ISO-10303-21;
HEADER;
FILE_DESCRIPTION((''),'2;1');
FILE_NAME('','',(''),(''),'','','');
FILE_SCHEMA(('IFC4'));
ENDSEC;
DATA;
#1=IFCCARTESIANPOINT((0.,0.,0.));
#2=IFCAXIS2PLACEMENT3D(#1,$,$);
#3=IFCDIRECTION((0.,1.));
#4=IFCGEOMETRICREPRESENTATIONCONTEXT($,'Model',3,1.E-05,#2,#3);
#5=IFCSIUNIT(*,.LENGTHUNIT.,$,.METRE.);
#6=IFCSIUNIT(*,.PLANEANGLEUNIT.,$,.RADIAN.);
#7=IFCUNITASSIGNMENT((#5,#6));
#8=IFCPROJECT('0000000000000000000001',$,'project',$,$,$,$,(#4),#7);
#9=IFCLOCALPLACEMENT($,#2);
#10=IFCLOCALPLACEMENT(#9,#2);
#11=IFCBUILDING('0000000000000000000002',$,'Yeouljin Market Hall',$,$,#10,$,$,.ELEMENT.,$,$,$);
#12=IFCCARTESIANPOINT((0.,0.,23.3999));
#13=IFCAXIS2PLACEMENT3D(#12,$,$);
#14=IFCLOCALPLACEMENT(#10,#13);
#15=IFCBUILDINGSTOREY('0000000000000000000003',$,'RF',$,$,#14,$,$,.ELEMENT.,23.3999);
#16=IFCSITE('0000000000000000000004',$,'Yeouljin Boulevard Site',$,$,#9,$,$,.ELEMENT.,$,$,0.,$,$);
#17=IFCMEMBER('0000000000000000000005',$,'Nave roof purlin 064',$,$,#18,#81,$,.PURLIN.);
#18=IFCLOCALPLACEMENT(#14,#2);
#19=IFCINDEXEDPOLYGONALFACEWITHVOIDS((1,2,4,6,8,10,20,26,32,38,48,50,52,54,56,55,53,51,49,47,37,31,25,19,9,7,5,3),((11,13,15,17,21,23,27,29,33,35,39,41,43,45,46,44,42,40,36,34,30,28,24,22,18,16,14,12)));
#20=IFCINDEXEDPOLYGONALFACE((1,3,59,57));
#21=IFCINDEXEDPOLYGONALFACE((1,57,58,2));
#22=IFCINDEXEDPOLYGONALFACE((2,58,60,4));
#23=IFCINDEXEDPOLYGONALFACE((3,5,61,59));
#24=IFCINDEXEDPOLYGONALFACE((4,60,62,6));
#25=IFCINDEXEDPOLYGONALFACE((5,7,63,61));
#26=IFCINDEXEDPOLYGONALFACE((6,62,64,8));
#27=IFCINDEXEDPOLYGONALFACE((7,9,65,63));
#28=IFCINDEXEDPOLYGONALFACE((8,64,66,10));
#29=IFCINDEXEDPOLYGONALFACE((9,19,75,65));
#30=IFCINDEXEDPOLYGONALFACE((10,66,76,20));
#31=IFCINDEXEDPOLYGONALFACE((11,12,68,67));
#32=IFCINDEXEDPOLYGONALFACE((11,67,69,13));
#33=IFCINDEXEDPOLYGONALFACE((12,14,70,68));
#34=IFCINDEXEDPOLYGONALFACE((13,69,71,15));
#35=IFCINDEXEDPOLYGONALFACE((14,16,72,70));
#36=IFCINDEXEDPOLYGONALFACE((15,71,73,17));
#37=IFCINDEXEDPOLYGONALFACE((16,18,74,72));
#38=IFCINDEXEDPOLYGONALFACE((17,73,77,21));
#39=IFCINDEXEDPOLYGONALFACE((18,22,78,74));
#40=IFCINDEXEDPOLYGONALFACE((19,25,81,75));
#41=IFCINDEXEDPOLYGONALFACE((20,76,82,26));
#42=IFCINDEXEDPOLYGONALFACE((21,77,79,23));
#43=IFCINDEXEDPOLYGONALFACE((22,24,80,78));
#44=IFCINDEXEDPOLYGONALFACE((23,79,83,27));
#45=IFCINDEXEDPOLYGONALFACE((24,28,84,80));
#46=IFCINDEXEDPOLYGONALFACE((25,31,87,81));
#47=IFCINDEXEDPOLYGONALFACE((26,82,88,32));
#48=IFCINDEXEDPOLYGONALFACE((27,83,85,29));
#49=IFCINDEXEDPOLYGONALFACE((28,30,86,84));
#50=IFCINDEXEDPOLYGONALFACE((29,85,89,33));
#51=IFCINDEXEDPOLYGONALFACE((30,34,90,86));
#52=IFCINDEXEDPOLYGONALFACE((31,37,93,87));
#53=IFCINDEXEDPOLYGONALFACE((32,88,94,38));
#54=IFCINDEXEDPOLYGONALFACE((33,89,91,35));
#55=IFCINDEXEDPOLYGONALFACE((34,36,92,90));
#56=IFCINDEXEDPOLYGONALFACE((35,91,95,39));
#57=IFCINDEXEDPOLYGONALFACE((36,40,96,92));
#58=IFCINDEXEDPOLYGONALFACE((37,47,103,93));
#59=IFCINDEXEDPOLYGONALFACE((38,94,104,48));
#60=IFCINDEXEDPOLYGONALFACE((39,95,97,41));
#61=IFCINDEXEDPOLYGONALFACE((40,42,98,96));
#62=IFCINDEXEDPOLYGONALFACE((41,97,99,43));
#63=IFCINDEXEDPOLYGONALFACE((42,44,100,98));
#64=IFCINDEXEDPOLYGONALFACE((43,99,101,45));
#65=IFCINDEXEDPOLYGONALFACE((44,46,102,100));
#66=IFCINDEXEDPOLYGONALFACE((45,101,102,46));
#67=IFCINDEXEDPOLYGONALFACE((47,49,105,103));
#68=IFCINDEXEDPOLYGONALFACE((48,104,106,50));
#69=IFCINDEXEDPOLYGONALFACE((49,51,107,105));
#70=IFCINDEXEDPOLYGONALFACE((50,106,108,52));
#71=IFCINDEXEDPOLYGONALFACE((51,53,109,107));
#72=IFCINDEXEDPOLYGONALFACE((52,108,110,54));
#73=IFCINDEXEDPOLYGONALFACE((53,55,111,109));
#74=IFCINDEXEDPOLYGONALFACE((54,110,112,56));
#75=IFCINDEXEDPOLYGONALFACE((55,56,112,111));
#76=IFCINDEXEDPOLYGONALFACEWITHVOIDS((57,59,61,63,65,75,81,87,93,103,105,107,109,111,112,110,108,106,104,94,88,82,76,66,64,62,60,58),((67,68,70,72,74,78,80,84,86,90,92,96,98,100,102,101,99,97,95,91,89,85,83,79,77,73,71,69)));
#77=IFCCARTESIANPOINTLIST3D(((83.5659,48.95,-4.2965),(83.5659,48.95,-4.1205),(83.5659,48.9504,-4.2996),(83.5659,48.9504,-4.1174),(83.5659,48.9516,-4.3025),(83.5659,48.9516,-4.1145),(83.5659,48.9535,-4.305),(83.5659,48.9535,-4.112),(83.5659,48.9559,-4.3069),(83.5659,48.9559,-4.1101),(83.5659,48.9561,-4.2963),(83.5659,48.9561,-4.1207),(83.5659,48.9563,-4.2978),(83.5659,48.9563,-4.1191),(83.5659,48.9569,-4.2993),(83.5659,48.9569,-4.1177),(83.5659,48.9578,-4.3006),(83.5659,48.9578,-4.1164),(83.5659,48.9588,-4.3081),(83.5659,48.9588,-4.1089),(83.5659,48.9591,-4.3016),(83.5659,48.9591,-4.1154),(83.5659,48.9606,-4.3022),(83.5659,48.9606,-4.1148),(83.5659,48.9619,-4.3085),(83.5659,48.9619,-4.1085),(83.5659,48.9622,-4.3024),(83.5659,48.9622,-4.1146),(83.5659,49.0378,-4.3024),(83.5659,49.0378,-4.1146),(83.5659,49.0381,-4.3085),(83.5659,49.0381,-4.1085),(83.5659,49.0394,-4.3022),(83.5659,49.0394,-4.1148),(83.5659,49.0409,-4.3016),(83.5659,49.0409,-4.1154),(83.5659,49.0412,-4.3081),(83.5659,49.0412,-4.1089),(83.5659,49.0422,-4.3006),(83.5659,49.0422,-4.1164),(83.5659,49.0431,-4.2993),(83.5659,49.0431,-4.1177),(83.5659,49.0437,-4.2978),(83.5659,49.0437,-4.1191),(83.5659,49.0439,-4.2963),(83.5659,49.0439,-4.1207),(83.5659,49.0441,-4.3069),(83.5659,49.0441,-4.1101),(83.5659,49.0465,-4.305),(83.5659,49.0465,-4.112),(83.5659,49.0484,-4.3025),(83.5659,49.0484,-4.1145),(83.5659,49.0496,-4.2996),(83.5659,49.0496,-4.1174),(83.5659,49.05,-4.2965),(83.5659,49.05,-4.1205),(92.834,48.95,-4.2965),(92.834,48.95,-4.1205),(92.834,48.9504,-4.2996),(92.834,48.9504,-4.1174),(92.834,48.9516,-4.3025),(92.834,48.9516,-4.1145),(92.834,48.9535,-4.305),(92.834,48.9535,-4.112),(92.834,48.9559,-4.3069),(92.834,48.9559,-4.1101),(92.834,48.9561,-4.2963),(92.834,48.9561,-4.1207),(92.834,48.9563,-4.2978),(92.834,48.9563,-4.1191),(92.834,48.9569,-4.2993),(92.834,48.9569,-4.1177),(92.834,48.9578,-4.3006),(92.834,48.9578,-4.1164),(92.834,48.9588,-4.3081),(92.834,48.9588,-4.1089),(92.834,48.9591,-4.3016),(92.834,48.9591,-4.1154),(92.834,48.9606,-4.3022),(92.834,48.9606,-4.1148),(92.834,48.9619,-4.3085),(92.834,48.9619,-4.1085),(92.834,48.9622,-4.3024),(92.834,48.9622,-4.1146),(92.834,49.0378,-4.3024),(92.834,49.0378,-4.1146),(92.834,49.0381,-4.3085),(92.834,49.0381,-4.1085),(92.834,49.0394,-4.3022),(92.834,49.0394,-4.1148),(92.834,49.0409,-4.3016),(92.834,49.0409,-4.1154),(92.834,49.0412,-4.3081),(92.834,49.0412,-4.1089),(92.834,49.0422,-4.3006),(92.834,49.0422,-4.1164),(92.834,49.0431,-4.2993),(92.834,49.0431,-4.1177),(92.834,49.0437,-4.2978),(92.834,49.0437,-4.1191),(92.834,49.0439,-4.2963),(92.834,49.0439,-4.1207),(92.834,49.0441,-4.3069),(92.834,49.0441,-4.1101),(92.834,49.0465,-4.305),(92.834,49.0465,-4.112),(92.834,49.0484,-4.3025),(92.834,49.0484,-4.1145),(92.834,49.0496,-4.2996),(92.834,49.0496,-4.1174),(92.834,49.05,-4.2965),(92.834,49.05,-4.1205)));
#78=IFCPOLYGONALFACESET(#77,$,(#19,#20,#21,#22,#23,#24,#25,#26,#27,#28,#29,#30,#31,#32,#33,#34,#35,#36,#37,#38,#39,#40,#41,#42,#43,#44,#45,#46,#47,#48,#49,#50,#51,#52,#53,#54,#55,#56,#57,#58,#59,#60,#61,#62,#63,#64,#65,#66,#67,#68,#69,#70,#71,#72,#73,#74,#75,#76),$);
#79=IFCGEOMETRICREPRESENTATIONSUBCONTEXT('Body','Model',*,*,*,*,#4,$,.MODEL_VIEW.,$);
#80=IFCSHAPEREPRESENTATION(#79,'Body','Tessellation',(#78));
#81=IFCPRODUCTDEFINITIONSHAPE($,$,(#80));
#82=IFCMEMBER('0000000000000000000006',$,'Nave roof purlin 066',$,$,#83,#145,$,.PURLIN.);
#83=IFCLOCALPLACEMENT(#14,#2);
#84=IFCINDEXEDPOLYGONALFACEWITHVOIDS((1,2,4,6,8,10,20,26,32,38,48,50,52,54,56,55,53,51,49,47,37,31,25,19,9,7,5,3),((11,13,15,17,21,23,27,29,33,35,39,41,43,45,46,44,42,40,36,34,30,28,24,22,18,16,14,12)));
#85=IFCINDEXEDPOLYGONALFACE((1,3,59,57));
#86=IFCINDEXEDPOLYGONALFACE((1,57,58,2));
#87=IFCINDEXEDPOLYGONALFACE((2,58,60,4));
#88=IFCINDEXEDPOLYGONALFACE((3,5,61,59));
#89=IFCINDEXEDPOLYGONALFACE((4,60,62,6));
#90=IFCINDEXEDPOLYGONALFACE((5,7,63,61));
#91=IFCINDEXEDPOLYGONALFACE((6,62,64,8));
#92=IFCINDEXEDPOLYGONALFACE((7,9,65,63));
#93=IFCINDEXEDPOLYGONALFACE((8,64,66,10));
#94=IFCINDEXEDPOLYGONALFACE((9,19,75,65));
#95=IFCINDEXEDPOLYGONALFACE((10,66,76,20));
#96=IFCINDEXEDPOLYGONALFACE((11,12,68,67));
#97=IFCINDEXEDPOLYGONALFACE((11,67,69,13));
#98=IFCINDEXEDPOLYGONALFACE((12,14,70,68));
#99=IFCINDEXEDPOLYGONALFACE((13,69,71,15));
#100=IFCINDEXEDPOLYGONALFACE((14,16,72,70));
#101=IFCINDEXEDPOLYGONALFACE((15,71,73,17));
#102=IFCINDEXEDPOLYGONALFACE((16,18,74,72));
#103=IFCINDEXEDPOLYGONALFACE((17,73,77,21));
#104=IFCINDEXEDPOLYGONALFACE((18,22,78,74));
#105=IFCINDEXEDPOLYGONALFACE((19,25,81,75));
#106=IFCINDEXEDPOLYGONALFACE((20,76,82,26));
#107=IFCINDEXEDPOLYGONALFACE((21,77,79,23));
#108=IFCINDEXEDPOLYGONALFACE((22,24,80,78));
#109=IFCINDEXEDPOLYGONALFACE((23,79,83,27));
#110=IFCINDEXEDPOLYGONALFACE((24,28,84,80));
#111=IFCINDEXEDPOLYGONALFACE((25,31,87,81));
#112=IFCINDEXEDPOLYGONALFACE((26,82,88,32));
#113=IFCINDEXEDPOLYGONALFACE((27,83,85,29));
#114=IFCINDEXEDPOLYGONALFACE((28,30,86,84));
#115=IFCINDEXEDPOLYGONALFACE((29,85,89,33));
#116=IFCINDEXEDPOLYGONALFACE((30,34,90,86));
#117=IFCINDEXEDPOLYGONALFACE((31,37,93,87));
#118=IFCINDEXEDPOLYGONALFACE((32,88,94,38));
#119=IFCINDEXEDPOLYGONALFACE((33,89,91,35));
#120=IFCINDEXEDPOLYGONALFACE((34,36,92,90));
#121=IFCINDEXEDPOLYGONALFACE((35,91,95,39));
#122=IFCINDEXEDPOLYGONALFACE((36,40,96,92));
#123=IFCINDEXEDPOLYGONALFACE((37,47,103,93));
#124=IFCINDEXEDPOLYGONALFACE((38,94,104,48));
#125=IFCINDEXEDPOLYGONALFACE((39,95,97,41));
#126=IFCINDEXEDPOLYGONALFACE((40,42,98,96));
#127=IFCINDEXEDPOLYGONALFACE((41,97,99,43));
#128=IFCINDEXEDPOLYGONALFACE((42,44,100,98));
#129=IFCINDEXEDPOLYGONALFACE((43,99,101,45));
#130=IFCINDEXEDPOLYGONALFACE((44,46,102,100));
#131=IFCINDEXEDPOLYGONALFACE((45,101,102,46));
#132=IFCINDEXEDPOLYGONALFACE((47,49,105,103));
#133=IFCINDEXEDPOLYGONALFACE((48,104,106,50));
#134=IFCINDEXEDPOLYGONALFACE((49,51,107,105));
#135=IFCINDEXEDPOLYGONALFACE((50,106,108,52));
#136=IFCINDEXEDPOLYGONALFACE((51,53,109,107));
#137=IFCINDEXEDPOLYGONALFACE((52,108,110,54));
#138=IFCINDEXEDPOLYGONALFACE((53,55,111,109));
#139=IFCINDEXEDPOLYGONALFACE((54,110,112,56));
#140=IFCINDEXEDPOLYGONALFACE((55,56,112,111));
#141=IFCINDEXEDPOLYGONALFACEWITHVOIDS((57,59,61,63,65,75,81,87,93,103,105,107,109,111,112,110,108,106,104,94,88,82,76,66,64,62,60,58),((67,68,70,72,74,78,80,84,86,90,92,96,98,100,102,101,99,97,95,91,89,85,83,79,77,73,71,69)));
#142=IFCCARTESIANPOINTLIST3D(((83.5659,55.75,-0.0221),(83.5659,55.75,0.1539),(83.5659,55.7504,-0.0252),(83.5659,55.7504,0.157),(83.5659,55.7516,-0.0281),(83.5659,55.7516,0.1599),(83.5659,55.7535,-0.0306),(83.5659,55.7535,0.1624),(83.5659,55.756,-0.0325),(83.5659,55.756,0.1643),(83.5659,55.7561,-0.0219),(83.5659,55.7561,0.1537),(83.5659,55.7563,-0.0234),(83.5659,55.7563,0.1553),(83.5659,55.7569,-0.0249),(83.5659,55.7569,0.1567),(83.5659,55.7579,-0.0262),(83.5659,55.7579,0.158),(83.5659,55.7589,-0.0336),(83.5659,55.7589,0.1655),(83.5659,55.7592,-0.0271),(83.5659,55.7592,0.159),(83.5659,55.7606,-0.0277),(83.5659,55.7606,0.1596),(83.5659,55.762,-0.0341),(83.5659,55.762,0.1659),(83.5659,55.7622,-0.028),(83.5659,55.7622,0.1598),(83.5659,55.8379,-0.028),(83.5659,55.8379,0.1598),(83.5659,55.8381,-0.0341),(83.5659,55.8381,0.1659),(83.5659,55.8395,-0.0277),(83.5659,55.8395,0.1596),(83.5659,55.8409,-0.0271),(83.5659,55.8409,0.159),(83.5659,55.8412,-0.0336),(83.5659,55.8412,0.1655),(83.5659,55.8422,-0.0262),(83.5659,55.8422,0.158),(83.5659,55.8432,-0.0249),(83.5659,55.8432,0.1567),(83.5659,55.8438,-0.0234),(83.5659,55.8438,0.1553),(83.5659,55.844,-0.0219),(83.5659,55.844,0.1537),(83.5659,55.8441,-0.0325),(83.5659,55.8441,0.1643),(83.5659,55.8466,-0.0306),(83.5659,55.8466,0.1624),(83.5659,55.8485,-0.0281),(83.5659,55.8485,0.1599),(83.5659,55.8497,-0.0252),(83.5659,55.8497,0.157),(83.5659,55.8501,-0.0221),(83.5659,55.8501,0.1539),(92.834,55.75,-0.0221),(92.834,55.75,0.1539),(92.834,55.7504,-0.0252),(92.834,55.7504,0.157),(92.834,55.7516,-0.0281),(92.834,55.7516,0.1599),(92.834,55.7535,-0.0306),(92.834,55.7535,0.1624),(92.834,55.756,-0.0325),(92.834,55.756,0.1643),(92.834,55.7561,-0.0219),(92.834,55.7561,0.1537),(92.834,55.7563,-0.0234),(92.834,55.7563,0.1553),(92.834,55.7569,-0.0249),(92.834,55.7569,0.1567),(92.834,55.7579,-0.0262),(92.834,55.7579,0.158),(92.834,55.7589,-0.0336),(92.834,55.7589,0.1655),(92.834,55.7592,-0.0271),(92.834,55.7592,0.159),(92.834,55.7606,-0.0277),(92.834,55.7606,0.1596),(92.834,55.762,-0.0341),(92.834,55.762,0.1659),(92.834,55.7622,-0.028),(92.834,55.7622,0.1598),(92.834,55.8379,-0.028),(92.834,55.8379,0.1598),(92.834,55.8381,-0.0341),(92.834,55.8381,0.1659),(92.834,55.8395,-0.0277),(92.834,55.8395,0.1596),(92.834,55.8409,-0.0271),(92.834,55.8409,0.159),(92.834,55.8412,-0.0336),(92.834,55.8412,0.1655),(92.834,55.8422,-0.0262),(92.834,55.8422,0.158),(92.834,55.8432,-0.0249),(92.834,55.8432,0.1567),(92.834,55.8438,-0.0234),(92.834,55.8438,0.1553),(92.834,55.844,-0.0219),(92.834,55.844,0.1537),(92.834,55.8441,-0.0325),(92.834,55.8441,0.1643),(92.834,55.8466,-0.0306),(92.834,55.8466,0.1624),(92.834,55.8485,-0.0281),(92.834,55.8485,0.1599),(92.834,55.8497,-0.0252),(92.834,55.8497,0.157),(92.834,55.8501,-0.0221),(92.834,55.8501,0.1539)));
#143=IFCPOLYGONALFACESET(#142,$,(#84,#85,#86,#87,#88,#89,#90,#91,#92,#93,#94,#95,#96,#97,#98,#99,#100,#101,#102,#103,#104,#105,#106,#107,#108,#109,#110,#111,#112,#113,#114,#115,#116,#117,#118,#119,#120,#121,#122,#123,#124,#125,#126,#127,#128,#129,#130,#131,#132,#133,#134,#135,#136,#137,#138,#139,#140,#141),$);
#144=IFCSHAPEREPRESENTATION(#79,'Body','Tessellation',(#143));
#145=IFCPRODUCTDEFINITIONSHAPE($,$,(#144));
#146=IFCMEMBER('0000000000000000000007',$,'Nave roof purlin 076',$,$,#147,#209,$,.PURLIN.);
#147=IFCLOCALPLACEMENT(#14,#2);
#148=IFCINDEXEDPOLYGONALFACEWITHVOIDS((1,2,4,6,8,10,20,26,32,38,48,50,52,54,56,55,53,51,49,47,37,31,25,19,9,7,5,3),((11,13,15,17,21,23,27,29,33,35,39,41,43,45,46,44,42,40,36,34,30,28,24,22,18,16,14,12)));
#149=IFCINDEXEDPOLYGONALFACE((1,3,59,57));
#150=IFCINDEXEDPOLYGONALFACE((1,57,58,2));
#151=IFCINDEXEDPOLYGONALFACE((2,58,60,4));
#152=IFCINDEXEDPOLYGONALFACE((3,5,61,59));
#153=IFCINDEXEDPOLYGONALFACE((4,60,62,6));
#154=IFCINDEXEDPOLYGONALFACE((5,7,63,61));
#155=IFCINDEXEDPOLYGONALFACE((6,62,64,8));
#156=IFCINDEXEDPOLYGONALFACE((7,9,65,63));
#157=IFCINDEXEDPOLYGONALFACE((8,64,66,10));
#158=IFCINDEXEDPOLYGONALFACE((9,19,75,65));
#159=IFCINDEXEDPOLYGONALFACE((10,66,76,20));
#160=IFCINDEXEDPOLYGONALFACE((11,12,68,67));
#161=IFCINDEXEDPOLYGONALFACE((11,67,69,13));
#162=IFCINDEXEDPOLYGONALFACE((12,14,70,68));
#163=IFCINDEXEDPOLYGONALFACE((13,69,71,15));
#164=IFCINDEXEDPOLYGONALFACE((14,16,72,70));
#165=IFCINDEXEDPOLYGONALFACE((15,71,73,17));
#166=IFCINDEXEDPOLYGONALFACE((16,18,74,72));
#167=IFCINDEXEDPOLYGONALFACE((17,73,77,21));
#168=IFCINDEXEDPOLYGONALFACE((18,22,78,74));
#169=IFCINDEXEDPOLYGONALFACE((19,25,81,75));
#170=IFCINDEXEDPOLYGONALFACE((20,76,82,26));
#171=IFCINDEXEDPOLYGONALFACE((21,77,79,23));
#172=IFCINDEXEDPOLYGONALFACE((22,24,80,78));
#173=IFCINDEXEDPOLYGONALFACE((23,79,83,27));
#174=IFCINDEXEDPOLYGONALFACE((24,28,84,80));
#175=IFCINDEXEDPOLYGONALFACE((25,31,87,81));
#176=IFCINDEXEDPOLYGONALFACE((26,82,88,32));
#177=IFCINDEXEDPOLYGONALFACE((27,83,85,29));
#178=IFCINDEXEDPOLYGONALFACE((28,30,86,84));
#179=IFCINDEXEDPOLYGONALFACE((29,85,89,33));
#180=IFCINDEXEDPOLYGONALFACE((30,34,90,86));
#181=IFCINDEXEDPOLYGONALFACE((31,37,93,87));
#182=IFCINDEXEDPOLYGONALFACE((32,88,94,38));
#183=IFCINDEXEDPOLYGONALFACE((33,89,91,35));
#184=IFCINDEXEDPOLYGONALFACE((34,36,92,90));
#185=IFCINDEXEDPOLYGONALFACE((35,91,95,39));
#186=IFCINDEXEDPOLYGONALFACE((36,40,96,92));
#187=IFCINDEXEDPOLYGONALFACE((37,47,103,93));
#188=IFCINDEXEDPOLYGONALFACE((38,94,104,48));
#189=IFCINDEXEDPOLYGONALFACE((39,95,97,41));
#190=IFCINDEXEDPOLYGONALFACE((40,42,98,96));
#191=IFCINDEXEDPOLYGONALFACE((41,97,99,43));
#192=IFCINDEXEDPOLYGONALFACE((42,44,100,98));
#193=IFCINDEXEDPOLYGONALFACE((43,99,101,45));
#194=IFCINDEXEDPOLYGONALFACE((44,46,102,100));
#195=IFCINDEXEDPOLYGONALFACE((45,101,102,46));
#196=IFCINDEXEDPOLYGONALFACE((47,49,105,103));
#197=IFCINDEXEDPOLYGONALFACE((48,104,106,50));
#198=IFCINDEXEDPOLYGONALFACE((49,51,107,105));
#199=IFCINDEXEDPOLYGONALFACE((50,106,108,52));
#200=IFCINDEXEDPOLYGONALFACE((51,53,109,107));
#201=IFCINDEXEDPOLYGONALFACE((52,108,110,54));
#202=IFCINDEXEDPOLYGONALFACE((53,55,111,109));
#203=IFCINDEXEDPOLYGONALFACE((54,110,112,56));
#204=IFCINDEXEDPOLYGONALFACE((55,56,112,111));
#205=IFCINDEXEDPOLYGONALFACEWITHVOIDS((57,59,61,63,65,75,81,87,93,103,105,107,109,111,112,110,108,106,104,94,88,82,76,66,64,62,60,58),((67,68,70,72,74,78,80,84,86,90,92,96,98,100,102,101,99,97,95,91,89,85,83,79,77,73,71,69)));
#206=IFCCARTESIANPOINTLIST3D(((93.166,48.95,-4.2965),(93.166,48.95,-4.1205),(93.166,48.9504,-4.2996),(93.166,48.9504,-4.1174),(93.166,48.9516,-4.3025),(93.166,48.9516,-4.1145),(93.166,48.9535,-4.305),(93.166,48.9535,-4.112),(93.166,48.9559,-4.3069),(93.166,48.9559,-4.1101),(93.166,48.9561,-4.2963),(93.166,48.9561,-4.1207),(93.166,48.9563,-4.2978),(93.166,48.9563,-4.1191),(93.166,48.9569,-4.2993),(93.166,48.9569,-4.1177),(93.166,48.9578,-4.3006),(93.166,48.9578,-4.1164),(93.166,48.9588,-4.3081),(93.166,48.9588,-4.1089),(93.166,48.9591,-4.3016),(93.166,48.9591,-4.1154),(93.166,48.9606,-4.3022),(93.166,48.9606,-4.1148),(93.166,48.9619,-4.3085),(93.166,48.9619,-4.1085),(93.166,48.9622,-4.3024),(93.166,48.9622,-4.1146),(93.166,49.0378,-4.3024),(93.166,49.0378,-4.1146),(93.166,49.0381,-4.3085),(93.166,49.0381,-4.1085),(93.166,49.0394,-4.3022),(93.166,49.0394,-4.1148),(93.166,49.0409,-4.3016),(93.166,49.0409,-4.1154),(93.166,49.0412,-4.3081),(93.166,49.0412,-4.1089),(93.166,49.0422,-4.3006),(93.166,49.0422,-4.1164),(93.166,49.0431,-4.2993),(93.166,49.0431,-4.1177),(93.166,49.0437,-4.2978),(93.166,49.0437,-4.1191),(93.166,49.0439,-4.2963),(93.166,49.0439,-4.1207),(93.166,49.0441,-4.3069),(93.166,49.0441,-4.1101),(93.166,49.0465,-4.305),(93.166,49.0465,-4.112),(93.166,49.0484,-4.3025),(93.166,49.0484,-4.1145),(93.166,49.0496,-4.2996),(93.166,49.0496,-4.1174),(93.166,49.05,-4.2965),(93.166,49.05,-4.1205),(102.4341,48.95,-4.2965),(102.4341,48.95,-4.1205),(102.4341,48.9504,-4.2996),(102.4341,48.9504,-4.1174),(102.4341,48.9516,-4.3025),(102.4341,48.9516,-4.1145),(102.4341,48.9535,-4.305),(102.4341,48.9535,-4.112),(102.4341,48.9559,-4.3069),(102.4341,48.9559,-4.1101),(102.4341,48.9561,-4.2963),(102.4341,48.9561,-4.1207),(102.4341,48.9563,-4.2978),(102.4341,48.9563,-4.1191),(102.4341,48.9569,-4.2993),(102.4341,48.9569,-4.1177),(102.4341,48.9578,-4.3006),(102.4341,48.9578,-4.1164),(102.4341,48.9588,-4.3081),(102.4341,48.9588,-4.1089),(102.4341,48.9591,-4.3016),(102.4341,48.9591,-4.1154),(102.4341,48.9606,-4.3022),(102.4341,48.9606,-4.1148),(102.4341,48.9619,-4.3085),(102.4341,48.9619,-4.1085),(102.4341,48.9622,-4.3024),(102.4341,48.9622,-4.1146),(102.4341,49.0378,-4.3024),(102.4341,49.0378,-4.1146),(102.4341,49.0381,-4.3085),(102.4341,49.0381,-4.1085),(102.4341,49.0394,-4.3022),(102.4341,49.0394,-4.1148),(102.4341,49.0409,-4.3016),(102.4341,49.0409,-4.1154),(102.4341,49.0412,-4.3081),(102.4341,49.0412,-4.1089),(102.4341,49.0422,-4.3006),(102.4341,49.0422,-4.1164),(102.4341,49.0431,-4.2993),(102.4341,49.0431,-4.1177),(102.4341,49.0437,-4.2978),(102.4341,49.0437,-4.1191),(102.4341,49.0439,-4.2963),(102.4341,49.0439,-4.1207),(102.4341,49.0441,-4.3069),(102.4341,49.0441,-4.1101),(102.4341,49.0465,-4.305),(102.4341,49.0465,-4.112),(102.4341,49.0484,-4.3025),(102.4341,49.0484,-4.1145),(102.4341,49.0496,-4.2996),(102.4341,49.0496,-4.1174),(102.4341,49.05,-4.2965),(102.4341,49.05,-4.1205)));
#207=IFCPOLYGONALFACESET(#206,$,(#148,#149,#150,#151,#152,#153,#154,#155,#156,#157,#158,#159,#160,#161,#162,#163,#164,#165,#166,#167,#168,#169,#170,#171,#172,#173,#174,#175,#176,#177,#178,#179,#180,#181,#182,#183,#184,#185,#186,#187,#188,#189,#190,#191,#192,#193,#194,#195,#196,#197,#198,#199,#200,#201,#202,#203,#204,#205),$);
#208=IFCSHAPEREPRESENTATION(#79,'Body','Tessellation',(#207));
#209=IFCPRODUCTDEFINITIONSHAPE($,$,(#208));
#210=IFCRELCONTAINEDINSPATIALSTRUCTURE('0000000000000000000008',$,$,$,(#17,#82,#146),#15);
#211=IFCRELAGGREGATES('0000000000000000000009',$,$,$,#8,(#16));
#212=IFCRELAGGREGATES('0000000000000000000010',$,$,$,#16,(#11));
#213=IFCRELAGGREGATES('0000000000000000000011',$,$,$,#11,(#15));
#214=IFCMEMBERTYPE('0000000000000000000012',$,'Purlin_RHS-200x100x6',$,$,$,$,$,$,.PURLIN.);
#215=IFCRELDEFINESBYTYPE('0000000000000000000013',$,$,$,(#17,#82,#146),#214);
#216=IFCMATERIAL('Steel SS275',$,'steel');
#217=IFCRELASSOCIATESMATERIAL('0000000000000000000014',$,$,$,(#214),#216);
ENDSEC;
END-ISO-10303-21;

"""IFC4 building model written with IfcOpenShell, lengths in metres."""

from ifc_helpers import new_model, si_unit, direction, frame, origin, origin_2d, place, context, subcontext, project, spatial, hollow_rectangle, extrude, material, material_profile, profile_set, type_object, element, save


model = new_model("IFC4")

# Units and contexts
model_context = context("Model", 3, precision=1e-05, world=origin(), true_north=direction((0.0, 1.0)))
body_context = subcontext(model_context, "Body", "Model", "MODEL_VIEW")
ifc_project = project(units=[si_unit("LENGTHUNIT", "METRE"), si_unit("PLANEANGLEUNIT", "RADIAN")], contexts=[model_context])

# Site, building, storey
site_placement = place(None, origin())
site = spatial("IfcSite", under=ifc_project, at=site_placement, Name="Yeouljin Boulevard Site", CompositionType="ELEMENT", RefElevation=0.0)
building_placement = place(site_placement, origin())
building = spatial("IfcBuilding", under=site, at=building_placement, Name="Yeouljin Market Hall", CompositionType="ELEMENT")
storey_placement = place(building_placement, frame((0.0, 0.0, 23.3999)))
storey = spatial("IfcBuildingStorey", under=building, at=storey_placement, Name="RF", CompositionType="ELEMENT", Elevation=23.3999)

# Members
ifc_material_1 = material(Name="Steel SS275", Category="steel")
ifc_material_profile_1 = material_profile(ifc_material_1, hollow_rectangle(XDim=0.1001, YDim=0.2, WallThickness=0.0061, InnerFilletRadius=0.0061, OuterFilletRadius=0.012, at=origin_2d()), Name="RHS-200x100x6")
ifc_profile_set_1 = profile_set([ifc_material_profile_1], Name="Steel SS275")
member_type_1 = type_object("IfcMemberType", Name="Purlin_RHS-200x100x6", PredefinedType="PURLIN", material=ifc_profile_set_1)
for number, where, z_axis, x_axis, name in (
    (1, (83.5659, 49.0, -4.2085), (1.0, 0.0, 0.0), (0.0, 1.0, 0.0), "Nave roof purlin 064"),
    (2, (83.5659, 55.8, 0.0659), (1.0, 0.0, 0.0), (0.0, 1.0, 0.0), "Nave roof purlin 066"),
    (3, (93.166, 49.0, -4.2085), (1.0, 0.0, 0.0), (0.0, 1.0, 0.0), "Nave roof purlin 076"),
):
    element("IfcMember", number, at=place(storey_placement, frame(where, z_axis=z_axis, x_axis=x_axis)), inside=storey, type_object=member_type_1, Name=name, PredefinedType="PURLIN", context=body_context, shape_type="SweptSolid", body=[
        extrude(hollow_rectangle(XDim=0.1001, YDim=0.2, WallThickness=0.0061, InnerFilletRadius=0.0061, OuterFilletRadius=0.012, at=origin_2d()), origin(), (0.0, 0.0, 1.0), 9.2681),
    ])

save(model, "model.ifc")
